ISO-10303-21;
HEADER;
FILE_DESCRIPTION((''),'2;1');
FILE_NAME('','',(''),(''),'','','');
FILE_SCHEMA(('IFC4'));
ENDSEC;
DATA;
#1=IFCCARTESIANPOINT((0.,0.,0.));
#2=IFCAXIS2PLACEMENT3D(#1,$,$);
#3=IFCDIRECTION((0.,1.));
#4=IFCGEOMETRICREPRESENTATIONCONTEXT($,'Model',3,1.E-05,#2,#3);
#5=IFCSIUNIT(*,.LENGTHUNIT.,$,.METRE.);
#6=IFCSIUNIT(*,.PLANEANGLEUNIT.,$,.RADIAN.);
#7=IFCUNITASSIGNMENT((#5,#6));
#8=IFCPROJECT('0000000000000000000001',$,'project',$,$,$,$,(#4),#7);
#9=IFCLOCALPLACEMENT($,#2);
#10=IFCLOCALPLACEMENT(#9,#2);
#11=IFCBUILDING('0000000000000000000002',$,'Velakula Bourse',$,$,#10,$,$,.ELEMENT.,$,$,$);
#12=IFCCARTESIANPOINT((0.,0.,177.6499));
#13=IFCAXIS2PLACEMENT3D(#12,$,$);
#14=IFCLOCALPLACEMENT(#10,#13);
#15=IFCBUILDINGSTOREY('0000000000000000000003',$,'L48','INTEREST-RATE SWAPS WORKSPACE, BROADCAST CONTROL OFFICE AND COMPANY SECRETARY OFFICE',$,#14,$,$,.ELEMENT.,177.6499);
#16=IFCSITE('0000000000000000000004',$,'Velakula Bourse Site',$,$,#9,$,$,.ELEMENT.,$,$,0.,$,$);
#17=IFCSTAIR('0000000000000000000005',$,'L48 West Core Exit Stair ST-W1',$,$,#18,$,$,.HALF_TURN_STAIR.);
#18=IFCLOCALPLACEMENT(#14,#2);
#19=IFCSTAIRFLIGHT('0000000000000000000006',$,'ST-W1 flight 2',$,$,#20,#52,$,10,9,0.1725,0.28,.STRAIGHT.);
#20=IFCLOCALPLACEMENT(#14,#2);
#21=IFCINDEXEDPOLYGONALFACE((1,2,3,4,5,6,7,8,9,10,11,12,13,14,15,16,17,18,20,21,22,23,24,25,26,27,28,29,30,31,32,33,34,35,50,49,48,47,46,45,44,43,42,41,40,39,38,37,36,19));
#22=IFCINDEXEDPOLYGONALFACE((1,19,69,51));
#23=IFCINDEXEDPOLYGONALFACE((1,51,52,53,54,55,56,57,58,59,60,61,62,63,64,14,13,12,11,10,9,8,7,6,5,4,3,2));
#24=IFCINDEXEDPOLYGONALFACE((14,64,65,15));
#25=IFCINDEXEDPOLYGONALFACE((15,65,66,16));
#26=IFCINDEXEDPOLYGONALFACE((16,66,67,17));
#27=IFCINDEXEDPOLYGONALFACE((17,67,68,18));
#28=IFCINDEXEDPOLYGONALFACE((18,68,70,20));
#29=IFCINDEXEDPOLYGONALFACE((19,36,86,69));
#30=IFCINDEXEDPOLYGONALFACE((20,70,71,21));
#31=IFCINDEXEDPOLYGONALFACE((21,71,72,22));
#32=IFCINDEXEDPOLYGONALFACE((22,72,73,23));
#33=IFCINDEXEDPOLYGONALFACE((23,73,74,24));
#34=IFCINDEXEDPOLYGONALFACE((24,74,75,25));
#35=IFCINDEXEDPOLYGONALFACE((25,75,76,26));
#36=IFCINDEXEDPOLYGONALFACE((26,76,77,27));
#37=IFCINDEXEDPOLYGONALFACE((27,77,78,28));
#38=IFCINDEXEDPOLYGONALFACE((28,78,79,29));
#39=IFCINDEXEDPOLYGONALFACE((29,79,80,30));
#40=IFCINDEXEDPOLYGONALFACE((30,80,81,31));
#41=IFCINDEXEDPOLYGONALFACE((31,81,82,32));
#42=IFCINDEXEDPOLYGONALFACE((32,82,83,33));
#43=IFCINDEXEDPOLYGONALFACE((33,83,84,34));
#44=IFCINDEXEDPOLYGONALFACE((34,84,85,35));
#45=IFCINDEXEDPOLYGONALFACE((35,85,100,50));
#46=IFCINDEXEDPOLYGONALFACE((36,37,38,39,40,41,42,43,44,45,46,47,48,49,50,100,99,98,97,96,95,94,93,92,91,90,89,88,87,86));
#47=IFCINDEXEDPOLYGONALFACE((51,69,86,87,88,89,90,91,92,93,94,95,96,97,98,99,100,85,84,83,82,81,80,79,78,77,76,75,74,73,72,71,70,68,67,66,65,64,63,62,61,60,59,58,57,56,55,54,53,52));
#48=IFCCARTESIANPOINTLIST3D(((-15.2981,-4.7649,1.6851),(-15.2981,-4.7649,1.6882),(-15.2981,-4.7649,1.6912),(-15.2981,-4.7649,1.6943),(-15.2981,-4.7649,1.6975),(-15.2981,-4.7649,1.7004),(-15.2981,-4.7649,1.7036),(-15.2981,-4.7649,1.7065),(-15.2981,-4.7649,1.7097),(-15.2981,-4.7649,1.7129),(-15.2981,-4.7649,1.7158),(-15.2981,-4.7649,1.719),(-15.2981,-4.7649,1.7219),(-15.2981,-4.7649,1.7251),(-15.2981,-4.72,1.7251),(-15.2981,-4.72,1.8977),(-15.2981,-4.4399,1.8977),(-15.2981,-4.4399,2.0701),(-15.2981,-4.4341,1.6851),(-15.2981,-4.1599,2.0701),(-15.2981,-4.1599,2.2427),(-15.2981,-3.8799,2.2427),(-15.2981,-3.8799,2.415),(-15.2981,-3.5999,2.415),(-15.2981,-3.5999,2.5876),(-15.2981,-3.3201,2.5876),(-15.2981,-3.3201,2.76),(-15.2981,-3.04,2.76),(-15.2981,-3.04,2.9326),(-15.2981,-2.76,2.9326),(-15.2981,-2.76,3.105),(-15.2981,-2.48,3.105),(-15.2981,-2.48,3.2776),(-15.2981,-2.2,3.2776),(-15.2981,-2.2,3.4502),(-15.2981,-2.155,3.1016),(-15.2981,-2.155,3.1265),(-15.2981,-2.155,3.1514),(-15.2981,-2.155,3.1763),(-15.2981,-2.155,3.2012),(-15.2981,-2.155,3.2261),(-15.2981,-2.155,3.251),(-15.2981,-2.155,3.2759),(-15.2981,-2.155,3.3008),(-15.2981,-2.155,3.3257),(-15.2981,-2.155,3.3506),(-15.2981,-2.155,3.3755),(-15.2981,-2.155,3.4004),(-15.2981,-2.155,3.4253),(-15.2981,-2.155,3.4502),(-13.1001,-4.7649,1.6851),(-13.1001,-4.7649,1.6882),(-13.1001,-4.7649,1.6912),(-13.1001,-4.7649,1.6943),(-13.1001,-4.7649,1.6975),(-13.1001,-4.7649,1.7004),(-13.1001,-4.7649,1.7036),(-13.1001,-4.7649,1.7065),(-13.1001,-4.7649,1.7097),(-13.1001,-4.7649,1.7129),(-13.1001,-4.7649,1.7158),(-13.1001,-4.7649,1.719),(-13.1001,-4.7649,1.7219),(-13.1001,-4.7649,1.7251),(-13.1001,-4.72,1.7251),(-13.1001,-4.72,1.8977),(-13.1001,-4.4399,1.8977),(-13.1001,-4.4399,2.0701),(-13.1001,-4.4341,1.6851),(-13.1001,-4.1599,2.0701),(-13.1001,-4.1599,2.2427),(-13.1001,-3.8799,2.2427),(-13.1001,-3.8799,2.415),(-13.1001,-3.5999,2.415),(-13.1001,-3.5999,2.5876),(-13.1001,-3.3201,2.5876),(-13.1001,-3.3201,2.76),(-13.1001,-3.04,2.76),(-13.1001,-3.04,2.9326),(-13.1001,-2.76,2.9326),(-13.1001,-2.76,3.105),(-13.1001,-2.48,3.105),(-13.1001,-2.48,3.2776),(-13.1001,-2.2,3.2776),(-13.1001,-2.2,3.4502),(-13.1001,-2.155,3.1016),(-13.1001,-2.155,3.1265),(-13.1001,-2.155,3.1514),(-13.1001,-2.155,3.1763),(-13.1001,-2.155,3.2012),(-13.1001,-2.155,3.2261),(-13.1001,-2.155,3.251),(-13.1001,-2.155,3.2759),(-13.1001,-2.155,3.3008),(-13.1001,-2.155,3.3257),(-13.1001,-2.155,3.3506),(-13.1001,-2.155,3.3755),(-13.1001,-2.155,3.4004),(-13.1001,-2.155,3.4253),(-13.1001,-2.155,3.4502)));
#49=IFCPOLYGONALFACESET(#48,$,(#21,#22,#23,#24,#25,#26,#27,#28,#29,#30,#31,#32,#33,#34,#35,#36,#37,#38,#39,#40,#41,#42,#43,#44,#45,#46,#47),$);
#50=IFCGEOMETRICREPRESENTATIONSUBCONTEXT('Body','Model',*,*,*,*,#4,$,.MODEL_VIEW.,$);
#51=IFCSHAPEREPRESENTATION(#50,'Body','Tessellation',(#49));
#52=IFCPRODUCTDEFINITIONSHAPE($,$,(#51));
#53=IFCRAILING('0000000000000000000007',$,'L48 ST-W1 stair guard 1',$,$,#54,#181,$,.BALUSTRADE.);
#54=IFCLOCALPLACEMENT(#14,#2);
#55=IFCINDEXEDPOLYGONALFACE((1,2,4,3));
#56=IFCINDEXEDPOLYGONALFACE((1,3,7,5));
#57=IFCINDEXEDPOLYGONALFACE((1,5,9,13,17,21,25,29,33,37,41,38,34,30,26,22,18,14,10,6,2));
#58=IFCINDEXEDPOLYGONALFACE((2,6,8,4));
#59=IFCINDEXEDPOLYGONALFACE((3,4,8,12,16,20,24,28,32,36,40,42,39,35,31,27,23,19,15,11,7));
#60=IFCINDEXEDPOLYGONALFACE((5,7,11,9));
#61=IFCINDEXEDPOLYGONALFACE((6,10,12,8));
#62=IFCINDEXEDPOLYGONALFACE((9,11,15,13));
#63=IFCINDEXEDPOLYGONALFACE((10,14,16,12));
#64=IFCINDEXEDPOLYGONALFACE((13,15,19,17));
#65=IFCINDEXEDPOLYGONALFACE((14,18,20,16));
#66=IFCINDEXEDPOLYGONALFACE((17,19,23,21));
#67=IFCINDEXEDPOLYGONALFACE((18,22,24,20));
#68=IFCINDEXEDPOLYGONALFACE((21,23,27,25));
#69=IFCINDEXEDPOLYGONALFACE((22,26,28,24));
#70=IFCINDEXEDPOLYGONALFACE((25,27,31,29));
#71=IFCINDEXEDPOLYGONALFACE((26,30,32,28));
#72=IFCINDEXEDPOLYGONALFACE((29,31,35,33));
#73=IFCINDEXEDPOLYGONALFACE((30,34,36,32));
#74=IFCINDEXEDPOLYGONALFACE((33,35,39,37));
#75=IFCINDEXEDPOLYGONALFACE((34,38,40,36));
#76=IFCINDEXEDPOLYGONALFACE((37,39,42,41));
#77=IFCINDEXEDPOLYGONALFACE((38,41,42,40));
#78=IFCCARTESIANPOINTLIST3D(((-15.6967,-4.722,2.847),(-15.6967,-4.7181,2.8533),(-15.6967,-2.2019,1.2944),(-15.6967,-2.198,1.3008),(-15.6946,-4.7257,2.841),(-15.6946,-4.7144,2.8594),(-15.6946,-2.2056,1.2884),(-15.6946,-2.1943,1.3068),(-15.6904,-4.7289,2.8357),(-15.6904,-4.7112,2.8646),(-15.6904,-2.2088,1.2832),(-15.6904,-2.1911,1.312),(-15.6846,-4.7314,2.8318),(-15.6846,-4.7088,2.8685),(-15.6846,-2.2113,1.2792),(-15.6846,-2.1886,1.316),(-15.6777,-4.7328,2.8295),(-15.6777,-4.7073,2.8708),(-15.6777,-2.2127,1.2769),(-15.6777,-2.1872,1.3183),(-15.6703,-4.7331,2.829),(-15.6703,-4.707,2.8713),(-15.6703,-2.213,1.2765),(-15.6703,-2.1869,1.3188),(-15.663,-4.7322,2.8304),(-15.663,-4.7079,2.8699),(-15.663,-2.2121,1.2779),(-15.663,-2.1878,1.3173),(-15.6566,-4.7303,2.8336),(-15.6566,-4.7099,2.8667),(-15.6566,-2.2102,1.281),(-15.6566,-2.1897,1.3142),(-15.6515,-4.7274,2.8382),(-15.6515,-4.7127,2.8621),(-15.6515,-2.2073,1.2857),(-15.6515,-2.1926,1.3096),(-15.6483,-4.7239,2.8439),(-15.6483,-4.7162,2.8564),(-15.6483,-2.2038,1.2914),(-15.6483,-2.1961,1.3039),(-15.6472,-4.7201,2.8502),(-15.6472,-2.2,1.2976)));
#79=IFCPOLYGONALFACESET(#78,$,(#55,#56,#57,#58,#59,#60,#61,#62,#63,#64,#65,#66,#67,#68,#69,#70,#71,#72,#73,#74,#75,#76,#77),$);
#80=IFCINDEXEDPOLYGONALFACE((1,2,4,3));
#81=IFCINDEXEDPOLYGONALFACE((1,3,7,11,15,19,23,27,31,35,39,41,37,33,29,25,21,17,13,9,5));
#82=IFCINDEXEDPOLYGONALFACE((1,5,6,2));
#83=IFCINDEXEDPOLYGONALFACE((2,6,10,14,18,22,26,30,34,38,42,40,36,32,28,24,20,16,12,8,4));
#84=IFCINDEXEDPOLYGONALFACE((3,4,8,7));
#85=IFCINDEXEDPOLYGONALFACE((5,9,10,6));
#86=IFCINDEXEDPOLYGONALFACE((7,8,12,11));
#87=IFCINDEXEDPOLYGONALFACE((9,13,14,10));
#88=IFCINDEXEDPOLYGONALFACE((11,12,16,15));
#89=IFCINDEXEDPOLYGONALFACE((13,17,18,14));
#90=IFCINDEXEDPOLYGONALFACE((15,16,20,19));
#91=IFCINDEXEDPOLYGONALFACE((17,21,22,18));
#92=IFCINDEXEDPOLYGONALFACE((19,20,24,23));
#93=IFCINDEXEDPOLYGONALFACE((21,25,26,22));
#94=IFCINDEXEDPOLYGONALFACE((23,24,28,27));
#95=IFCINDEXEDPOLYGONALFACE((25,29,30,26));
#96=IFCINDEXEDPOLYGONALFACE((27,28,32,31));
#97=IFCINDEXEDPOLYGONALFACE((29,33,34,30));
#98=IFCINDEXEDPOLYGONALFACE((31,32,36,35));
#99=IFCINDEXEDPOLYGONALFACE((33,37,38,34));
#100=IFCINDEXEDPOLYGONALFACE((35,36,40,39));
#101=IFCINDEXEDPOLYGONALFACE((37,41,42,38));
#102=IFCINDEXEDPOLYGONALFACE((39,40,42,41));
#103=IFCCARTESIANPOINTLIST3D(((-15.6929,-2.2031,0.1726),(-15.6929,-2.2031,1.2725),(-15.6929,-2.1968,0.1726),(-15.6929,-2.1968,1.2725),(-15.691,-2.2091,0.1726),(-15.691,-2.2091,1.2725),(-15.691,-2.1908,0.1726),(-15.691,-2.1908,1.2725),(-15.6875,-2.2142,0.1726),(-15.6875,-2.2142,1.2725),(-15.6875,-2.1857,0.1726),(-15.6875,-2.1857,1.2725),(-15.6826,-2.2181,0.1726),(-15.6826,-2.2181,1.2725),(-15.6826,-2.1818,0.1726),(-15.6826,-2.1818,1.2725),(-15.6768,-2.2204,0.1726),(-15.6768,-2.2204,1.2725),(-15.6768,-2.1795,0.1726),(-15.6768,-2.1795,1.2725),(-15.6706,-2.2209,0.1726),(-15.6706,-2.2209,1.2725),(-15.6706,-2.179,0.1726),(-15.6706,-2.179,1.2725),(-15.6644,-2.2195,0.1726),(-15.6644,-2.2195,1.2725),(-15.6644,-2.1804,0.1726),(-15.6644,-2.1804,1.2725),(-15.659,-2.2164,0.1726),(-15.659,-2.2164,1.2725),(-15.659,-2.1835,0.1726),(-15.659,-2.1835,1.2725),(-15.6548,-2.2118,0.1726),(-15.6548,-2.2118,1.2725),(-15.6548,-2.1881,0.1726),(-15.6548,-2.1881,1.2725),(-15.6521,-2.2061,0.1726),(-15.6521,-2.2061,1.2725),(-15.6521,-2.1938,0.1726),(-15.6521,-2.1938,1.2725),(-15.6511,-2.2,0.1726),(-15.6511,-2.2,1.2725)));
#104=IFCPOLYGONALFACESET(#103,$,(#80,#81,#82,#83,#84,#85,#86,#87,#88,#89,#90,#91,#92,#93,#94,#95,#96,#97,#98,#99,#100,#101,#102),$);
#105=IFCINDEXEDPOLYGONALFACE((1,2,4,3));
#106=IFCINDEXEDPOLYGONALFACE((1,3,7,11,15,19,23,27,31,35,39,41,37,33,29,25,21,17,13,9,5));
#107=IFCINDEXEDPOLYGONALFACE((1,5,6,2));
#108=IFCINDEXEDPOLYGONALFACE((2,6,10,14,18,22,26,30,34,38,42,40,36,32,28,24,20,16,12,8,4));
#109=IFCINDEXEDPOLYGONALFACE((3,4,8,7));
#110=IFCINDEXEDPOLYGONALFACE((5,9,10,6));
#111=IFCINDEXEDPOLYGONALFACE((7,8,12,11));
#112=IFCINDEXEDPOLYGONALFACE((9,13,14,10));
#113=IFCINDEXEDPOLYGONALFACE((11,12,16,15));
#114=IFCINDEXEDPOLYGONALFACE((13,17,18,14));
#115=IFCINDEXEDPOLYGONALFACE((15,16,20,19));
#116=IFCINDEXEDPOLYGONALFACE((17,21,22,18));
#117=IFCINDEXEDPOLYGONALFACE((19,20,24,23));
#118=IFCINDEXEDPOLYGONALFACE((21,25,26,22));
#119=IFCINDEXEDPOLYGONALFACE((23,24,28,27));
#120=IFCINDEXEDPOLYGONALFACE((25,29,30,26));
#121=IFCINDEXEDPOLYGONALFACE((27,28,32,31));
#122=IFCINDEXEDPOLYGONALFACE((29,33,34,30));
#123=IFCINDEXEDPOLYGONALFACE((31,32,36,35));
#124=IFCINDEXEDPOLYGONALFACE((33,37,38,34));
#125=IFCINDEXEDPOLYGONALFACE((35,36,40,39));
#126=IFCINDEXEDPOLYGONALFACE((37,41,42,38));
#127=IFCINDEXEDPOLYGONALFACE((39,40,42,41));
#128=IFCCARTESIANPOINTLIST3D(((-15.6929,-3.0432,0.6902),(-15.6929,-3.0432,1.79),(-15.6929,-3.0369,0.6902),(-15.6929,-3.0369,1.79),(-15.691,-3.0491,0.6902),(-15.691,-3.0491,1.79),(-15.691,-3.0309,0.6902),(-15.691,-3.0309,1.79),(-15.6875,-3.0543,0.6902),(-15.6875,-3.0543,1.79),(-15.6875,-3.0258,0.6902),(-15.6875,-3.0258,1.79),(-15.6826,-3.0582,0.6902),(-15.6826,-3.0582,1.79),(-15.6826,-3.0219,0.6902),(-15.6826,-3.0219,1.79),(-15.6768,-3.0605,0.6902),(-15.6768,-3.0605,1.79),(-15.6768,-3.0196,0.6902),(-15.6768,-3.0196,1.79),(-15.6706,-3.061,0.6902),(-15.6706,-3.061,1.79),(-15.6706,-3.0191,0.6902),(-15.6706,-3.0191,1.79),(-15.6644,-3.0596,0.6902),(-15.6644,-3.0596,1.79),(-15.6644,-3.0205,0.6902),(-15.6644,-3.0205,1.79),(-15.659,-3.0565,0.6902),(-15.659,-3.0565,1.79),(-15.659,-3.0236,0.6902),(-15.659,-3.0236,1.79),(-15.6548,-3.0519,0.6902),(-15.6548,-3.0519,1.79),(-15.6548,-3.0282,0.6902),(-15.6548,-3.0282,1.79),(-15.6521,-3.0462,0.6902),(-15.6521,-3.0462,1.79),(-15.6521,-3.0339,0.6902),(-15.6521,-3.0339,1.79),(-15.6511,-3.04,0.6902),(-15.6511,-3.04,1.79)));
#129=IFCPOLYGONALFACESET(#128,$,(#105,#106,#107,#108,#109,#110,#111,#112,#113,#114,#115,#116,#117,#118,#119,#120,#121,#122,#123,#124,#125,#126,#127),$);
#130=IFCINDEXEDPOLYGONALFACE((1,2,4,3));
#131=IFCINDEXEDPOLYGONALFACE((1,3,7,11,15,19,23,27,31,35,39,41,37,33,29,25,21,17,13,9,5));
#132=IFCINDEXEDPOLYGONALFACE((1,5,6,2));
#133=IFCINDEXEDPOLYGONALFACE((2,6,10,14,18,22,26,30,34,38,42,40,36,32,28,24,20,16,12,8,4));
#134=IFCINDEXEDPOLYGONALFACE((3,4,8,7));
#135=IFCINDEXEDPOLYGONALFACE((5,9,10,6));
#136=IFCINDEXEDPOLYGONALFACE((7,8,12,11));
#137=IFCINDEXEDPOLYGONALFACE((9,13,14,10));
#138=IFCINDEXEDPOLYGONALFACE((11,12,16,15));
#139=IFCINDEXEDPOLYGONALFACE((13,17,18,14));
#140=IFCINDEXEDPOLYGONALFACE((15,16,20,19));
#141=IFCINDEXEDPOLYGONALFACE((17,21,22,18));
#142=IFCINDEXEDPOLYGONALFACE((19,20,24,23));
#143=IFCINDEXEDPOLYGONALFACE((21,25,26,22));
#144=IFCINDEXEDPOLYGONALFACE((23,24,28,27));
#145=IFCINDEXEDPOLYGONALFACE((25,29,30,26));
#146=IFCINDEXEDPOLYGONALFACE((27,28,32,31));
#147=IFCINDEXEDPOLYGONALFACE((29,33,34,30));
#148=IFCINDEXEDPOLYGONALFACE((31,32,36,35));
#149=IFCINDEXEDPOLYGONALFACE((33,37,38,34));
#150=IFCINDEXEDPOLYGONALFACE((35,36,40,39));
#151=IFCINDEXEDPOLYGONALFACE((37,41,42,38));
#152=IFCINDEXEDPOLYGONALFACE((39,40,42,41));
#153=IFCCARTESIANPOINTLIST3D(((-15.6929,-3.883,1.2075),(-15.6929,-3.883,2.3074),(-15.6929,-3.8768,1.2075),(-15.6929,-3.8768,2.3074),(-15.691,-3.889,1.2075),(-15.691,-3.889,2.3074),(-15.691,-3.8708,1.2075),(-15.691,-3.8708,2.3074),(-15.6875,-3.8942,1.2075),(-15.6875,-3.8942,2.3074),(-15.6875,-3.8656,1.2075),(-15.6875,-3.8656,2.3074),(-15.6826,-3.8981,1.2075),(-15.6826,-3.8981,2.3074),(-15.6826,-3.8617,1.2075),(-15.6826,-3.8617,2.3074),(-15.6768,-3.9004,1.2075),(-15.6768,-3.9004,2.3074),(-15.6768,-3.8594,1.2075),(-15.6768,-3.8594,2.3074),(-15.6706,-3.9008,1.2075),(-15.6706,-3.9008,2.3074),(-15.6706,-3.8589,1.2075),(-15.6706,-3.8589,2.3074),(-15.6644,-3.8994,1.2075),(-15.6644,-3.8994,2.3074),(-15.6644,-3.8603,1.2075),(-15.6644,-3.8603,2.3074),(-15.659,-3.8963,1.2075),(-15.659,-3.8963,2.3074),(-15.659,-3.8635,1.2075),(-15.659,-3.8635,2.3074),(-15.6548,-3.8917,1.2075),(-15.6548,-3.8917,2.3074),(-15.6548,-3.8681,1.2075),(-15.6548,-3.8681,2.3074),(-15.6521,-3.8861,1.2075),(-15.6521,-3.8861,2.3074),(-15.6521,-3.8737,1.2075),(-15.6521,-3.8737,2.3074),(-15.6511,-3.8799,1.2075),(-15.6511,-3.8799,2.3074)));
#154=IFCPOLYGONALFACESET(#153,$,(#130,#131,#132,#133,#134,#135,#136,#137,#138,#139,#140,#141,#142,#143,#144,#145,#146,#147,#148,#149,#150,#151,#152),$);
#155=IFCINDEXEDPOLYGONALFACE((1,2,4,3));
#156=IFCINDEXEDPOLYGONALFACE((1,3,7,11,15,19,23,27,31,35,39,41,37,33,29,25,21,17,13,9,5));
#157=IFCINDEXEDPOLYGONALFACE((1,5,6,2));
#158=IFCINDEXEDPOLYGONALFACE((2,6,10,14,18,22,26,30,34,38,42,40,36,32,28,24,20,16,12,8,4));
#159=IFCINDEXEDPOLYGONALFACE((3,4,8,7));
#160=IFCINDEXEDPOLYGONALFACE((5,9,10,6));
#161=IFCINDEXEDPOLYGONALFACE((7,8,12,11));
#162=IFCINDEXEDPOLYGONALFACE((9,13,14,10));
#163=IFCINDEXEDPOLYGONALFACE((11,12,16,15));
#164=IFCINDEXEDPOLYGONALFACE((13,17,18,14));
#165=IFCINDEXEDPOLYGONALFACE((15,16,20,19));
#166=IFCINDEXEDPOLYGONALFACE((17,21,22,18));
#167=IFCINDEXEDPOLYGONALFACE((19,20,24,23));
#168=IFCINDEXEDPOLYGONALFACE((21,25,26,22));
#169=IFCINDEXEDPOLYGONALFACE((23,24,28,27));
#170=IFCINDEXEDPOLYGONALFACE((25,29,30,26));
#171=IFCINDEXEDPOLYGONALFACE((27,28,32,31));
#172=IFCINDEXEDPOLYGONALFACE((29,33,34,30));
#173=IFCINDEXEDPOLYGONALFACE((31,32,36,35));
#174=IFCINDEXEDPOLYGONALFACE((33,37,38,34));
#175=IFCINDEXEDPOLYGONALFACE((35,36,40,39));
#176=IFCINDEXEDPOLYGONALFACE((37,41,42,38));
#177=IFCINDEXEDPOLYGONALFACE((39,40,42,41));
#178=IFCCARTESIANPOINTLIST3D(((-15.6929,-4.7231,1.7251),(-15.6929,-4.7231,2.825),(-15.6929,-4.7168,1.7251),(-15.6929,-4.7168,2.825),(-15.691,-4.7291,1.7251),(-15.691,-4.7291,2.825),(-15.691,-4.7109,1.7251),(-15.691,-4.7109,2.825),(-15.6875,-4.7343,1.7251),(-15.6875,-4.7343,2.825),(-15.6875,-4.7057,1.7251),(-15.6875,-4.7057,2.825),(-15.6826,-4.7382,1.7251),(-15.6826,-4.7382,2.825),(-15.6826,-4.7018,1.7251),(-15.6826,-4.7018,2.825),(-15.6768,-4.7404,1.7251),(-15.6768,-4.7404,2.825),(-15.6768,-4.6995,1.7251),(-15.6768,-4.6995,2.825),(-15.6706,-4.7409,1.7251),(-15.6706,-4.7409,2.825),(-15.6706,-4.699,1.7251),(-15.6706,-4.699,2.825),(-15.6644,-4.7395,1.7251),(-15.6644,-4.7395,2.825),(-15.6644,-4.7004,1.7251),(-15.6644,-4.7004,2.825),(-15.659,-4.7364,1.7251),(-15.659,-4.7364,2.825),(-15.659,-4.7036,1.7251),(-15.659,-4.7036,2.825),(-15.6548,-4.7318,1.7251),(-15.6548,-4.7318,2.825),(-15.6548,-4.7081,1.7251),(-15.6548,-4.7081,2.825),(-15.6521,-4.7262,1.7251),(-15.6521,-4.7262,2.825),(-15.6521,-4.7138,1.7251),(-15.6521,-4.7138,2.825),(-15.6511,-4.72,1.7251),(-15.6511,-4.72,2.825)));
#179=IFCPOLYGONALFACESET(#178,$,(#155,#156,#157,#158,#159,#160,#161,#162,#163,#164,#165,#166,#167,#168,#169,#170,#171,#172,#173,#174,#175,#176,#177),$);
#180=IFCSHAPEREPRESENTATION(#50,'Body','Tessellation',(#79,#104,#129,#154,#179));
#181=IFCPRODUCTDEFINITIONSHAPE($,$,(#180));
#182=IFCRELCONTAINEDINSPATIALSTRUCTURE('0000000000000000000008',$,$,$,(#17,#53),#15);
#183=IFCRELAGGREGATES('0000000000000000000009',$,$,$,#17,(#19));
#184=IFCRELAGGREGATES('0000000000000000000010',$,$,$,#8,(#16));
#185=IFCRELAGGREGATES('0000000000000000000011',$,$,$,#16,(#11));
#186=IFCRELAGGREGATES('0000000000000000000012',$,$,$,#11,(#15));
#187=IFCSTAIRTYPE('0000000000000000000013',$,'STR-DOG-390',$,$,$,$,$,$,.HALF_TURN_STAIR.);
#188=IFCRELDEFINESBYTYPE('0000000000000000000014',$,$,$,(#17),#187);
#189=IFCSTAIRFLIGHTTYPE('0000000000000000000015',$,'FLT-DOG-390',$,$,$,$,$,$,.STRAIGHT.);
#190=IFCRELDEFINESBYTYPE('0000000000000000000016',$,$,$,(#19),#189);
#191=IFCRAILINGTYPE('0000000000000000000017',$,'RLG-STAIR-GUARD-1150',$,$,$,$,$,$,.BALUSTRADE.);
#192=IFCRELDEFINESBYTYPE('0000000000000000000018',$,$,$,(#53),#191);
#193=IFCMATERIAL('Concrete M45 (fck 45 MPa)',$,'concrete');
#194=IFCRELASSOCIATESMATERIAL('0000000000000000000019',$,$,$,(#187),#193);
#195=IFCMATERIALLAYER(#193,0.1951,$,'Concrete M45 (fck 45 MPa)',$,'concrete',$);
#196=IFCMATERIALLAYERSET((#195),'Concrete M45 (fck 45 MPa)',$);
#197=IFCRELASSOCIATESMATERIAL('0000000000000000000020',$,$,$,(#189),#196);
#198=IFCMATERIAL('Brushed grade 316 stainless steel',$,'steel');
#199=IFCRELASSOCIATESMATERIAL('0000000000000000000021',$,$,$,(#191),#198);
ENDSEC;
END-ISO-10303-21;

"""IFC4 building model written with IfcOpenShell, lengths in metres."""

from ifc_helpers import new_model, si_unit, direction, frame, origin, origin_2d, place, context, subcontext, project, spatial, polyline, circle, outline, extrude, material, layer, layer_set, type_object, element, aggregate, save


model = new_model("IFC4")

# Units and contexts
model_context = context("Model", 3, precision=1e-05, world=origin(), true_north=direction((0.0, 1.0)))
body_context = subcontext(model_context, "Body", "Model", "MODEL_VIEW")
ifc_project = project(units=[si_unit("LENGTHUNIT", "METRE"), si_unit("PLANEANGLEUNIT", "RADIAN")], contexts=[model_context])

# Site, building, storey
site_placement = place(None, origin())
site = spatial("IfcSite", under=ifc_project, at=site_placement, Name="Velakula Bourse Site", CompositionType="ELEMENT", RefElevation=0.0)
building_placement = place(site_placement, origin())
building = spatial("IfcBuilding", under=site, at=building_placement, Name="Velakula Bourse", CompositionType="ELEMENT")
storey_placement = place(building_placement, frame((0.0, 0.0, 177.6499)))
storey = spatial("IfcBuildingStorey", under=building, at=storey_placement, Name="L48", Description="INTEREST-RATE SWAPS WORKSPACE, BROADCAST CONTROL OFFICE AND COMPANY SECRETARY OFFICE", CompositionType="ELEMENT", Elevation=177.6499)

# Shared definitions
ifc_material_1 = material(Name="Brushed grade 316 stainless steel", Category="steel")

# Stair, stair flight
ifc_material_2 = material(Name="Concrete M45 (fck 45 MPa)", Category="concrete")
stair_type = type_object("IfcStairType", Name="STR-DOG-390", PredefinedType="HALF_TURN_STAIR", material=ifc_material_2)
stair_placement = place(storey_placement, origin())
stair = element("IfcStair", 1, at=stair_placement, inside=storey, type_object=stair_type, Name="L48 West Core Exit Stair ST-W1", PredefinedType="HALF_TURN_STAIR")
ifc_layer_1 = layer(ifc_material_2, 0.1951, Name="Concrete M45 (fck 45 MPa)", Category="concrete")
ifc_layer_set_1 = layer_set([ifc_layer_1], Name="Concrete M45 (fck 45 MPa)")
stair_flight_type = type_object("IfcStairFlightType", Name="FLT-DOG-390", PredefinedType="STRAIGHT", material=ifc_layer_set_1)
stair_flight_1_placement = place(storey_placement, frame((-14.199, -4.72, 1.7251), z_axis=(0.0, 0.0, 1.0), x_axis=(0.0, 1.0, 0.0)))
stair_flight_1 = element("IfcStairFlight", 2, at=stair_flight_1_placement, type_object=stair_flight_type, Name="ST-W1 flight 2", NumberOfRisers=10, NumberOfTreads=9, PredefinedType="STRAIGHT", RiserHeight=0.1725, TreadLength=0.28, context=body_context, shape_type="SweptSolid", body=[
    extrude(outline(polyline([(-0.0449, -0.04), (-0.0449, -0.0369), (-0.0449, -0.0339), (-0.0449, -0.0308), (-0.0449, -0.0276), (-0.0449, -0.0247), (-0.0449, -0.0215), (-0.0449, -0.0186), (-0.0449, -0.0154), (-0.0449, -0.0122), (-0.0449, -0.0093), (-0.0449, -0.0061), (-0.0449, -0.0032), (-0.0449, 0.0), (0.0, 0.0), (0.0, 0.1726), (0.28, 0.1726), (0.28, 0.345), (0.5601, 0.345), (0.5601, 0.5176), (0.8401, 0.5176), (0.8401, 0.6899), (1.1201, 0.6899), (1.1201, 0.8625), (1.3999, 0.8625), (1.3999, 1.0349), (1.6799, 1.0349), (1.6799, 1.2075), (1.96, 1.2075), (1.96, 1.3799), (2.24, 1.3799), (2.24, 1.5525), (2.52, 1.5525), (2.52, 1.7251), (2.5649, 1.7251), (2.5649, 1.7002), (2.5649, 1.6753), (2.5649, 1.6504), (2.5649, 1.6255), (2.5649, 1.6006), (2.5649, 1.5757), (2.5649, 1.5508), (2.5649, 1.5259), (2.5649, 1.501), (2.5649, 1.4761), (2.5649, 1.4512), (2.5649, 1.4263), (2.5649, 1.4014), (2.5649, 1.3765), (0.2859, -0.04), (-0.0449, -0.04)])), frame((0.0, 1.0991, 0.0), z_axis=(0.0, -1.0, 0.0), x_axis=(1.0, 0.0, 0.0)), (0.0, 0.0, 1.0), 2.198),
])
aggregate(stair, [stair_flight_1])

# Railing
railing_type_1 = type_object("IfcRailingType", Name="RLG-STAIR-GUARD-1150", PredefinedType="BALUSTRADE", material=ifc_material_1)
railing_1_placement = place(storey_placement, frame((-15.6721, -2.2, 0.1726)))
element("IfcRailing", 3, at=railing_1_placement, inside=storey, type_object=railing_type_1, Name="L48 ST-W1 stair guard 1", PredefinedType="BALUSTRADE", context=body_context, shape_type="SweptSolid", body=[
    extrude(circle(Radius=0.0249, at=origin_2d()), frame((0.0, 0.0, 1.125), z_axis=(0.0, -0.8514, 0.524516), x_axis=(1.0, 0.0, 0.0)), (0.0, 0.0, 1.0), 2.96),
    extrude(circle(Radius=0.021, at=origin_2d()), origin(), (0.0, 0.0, 1.0), 1.0999),
    extrude(circle(Radius=0.021, at=origin_2d()), frame((0.0, -0.8401, 0.5176)), (0.0, 0.0, 1.0), 1.0999),
    extrude(circle(Radius=0.021, at=origin_2d()), frame((0.0, -1.6799, 1.0349)), (0.0, 0.0, 1.0), 1.0999),
    extrude(circle(Radius=0.021, at=origin_2d()), frame((0.0, -2.52, 1.5525)), (0.0, 0.0, 1.0), 1.0999),
])

save(model, "model.ifc")
